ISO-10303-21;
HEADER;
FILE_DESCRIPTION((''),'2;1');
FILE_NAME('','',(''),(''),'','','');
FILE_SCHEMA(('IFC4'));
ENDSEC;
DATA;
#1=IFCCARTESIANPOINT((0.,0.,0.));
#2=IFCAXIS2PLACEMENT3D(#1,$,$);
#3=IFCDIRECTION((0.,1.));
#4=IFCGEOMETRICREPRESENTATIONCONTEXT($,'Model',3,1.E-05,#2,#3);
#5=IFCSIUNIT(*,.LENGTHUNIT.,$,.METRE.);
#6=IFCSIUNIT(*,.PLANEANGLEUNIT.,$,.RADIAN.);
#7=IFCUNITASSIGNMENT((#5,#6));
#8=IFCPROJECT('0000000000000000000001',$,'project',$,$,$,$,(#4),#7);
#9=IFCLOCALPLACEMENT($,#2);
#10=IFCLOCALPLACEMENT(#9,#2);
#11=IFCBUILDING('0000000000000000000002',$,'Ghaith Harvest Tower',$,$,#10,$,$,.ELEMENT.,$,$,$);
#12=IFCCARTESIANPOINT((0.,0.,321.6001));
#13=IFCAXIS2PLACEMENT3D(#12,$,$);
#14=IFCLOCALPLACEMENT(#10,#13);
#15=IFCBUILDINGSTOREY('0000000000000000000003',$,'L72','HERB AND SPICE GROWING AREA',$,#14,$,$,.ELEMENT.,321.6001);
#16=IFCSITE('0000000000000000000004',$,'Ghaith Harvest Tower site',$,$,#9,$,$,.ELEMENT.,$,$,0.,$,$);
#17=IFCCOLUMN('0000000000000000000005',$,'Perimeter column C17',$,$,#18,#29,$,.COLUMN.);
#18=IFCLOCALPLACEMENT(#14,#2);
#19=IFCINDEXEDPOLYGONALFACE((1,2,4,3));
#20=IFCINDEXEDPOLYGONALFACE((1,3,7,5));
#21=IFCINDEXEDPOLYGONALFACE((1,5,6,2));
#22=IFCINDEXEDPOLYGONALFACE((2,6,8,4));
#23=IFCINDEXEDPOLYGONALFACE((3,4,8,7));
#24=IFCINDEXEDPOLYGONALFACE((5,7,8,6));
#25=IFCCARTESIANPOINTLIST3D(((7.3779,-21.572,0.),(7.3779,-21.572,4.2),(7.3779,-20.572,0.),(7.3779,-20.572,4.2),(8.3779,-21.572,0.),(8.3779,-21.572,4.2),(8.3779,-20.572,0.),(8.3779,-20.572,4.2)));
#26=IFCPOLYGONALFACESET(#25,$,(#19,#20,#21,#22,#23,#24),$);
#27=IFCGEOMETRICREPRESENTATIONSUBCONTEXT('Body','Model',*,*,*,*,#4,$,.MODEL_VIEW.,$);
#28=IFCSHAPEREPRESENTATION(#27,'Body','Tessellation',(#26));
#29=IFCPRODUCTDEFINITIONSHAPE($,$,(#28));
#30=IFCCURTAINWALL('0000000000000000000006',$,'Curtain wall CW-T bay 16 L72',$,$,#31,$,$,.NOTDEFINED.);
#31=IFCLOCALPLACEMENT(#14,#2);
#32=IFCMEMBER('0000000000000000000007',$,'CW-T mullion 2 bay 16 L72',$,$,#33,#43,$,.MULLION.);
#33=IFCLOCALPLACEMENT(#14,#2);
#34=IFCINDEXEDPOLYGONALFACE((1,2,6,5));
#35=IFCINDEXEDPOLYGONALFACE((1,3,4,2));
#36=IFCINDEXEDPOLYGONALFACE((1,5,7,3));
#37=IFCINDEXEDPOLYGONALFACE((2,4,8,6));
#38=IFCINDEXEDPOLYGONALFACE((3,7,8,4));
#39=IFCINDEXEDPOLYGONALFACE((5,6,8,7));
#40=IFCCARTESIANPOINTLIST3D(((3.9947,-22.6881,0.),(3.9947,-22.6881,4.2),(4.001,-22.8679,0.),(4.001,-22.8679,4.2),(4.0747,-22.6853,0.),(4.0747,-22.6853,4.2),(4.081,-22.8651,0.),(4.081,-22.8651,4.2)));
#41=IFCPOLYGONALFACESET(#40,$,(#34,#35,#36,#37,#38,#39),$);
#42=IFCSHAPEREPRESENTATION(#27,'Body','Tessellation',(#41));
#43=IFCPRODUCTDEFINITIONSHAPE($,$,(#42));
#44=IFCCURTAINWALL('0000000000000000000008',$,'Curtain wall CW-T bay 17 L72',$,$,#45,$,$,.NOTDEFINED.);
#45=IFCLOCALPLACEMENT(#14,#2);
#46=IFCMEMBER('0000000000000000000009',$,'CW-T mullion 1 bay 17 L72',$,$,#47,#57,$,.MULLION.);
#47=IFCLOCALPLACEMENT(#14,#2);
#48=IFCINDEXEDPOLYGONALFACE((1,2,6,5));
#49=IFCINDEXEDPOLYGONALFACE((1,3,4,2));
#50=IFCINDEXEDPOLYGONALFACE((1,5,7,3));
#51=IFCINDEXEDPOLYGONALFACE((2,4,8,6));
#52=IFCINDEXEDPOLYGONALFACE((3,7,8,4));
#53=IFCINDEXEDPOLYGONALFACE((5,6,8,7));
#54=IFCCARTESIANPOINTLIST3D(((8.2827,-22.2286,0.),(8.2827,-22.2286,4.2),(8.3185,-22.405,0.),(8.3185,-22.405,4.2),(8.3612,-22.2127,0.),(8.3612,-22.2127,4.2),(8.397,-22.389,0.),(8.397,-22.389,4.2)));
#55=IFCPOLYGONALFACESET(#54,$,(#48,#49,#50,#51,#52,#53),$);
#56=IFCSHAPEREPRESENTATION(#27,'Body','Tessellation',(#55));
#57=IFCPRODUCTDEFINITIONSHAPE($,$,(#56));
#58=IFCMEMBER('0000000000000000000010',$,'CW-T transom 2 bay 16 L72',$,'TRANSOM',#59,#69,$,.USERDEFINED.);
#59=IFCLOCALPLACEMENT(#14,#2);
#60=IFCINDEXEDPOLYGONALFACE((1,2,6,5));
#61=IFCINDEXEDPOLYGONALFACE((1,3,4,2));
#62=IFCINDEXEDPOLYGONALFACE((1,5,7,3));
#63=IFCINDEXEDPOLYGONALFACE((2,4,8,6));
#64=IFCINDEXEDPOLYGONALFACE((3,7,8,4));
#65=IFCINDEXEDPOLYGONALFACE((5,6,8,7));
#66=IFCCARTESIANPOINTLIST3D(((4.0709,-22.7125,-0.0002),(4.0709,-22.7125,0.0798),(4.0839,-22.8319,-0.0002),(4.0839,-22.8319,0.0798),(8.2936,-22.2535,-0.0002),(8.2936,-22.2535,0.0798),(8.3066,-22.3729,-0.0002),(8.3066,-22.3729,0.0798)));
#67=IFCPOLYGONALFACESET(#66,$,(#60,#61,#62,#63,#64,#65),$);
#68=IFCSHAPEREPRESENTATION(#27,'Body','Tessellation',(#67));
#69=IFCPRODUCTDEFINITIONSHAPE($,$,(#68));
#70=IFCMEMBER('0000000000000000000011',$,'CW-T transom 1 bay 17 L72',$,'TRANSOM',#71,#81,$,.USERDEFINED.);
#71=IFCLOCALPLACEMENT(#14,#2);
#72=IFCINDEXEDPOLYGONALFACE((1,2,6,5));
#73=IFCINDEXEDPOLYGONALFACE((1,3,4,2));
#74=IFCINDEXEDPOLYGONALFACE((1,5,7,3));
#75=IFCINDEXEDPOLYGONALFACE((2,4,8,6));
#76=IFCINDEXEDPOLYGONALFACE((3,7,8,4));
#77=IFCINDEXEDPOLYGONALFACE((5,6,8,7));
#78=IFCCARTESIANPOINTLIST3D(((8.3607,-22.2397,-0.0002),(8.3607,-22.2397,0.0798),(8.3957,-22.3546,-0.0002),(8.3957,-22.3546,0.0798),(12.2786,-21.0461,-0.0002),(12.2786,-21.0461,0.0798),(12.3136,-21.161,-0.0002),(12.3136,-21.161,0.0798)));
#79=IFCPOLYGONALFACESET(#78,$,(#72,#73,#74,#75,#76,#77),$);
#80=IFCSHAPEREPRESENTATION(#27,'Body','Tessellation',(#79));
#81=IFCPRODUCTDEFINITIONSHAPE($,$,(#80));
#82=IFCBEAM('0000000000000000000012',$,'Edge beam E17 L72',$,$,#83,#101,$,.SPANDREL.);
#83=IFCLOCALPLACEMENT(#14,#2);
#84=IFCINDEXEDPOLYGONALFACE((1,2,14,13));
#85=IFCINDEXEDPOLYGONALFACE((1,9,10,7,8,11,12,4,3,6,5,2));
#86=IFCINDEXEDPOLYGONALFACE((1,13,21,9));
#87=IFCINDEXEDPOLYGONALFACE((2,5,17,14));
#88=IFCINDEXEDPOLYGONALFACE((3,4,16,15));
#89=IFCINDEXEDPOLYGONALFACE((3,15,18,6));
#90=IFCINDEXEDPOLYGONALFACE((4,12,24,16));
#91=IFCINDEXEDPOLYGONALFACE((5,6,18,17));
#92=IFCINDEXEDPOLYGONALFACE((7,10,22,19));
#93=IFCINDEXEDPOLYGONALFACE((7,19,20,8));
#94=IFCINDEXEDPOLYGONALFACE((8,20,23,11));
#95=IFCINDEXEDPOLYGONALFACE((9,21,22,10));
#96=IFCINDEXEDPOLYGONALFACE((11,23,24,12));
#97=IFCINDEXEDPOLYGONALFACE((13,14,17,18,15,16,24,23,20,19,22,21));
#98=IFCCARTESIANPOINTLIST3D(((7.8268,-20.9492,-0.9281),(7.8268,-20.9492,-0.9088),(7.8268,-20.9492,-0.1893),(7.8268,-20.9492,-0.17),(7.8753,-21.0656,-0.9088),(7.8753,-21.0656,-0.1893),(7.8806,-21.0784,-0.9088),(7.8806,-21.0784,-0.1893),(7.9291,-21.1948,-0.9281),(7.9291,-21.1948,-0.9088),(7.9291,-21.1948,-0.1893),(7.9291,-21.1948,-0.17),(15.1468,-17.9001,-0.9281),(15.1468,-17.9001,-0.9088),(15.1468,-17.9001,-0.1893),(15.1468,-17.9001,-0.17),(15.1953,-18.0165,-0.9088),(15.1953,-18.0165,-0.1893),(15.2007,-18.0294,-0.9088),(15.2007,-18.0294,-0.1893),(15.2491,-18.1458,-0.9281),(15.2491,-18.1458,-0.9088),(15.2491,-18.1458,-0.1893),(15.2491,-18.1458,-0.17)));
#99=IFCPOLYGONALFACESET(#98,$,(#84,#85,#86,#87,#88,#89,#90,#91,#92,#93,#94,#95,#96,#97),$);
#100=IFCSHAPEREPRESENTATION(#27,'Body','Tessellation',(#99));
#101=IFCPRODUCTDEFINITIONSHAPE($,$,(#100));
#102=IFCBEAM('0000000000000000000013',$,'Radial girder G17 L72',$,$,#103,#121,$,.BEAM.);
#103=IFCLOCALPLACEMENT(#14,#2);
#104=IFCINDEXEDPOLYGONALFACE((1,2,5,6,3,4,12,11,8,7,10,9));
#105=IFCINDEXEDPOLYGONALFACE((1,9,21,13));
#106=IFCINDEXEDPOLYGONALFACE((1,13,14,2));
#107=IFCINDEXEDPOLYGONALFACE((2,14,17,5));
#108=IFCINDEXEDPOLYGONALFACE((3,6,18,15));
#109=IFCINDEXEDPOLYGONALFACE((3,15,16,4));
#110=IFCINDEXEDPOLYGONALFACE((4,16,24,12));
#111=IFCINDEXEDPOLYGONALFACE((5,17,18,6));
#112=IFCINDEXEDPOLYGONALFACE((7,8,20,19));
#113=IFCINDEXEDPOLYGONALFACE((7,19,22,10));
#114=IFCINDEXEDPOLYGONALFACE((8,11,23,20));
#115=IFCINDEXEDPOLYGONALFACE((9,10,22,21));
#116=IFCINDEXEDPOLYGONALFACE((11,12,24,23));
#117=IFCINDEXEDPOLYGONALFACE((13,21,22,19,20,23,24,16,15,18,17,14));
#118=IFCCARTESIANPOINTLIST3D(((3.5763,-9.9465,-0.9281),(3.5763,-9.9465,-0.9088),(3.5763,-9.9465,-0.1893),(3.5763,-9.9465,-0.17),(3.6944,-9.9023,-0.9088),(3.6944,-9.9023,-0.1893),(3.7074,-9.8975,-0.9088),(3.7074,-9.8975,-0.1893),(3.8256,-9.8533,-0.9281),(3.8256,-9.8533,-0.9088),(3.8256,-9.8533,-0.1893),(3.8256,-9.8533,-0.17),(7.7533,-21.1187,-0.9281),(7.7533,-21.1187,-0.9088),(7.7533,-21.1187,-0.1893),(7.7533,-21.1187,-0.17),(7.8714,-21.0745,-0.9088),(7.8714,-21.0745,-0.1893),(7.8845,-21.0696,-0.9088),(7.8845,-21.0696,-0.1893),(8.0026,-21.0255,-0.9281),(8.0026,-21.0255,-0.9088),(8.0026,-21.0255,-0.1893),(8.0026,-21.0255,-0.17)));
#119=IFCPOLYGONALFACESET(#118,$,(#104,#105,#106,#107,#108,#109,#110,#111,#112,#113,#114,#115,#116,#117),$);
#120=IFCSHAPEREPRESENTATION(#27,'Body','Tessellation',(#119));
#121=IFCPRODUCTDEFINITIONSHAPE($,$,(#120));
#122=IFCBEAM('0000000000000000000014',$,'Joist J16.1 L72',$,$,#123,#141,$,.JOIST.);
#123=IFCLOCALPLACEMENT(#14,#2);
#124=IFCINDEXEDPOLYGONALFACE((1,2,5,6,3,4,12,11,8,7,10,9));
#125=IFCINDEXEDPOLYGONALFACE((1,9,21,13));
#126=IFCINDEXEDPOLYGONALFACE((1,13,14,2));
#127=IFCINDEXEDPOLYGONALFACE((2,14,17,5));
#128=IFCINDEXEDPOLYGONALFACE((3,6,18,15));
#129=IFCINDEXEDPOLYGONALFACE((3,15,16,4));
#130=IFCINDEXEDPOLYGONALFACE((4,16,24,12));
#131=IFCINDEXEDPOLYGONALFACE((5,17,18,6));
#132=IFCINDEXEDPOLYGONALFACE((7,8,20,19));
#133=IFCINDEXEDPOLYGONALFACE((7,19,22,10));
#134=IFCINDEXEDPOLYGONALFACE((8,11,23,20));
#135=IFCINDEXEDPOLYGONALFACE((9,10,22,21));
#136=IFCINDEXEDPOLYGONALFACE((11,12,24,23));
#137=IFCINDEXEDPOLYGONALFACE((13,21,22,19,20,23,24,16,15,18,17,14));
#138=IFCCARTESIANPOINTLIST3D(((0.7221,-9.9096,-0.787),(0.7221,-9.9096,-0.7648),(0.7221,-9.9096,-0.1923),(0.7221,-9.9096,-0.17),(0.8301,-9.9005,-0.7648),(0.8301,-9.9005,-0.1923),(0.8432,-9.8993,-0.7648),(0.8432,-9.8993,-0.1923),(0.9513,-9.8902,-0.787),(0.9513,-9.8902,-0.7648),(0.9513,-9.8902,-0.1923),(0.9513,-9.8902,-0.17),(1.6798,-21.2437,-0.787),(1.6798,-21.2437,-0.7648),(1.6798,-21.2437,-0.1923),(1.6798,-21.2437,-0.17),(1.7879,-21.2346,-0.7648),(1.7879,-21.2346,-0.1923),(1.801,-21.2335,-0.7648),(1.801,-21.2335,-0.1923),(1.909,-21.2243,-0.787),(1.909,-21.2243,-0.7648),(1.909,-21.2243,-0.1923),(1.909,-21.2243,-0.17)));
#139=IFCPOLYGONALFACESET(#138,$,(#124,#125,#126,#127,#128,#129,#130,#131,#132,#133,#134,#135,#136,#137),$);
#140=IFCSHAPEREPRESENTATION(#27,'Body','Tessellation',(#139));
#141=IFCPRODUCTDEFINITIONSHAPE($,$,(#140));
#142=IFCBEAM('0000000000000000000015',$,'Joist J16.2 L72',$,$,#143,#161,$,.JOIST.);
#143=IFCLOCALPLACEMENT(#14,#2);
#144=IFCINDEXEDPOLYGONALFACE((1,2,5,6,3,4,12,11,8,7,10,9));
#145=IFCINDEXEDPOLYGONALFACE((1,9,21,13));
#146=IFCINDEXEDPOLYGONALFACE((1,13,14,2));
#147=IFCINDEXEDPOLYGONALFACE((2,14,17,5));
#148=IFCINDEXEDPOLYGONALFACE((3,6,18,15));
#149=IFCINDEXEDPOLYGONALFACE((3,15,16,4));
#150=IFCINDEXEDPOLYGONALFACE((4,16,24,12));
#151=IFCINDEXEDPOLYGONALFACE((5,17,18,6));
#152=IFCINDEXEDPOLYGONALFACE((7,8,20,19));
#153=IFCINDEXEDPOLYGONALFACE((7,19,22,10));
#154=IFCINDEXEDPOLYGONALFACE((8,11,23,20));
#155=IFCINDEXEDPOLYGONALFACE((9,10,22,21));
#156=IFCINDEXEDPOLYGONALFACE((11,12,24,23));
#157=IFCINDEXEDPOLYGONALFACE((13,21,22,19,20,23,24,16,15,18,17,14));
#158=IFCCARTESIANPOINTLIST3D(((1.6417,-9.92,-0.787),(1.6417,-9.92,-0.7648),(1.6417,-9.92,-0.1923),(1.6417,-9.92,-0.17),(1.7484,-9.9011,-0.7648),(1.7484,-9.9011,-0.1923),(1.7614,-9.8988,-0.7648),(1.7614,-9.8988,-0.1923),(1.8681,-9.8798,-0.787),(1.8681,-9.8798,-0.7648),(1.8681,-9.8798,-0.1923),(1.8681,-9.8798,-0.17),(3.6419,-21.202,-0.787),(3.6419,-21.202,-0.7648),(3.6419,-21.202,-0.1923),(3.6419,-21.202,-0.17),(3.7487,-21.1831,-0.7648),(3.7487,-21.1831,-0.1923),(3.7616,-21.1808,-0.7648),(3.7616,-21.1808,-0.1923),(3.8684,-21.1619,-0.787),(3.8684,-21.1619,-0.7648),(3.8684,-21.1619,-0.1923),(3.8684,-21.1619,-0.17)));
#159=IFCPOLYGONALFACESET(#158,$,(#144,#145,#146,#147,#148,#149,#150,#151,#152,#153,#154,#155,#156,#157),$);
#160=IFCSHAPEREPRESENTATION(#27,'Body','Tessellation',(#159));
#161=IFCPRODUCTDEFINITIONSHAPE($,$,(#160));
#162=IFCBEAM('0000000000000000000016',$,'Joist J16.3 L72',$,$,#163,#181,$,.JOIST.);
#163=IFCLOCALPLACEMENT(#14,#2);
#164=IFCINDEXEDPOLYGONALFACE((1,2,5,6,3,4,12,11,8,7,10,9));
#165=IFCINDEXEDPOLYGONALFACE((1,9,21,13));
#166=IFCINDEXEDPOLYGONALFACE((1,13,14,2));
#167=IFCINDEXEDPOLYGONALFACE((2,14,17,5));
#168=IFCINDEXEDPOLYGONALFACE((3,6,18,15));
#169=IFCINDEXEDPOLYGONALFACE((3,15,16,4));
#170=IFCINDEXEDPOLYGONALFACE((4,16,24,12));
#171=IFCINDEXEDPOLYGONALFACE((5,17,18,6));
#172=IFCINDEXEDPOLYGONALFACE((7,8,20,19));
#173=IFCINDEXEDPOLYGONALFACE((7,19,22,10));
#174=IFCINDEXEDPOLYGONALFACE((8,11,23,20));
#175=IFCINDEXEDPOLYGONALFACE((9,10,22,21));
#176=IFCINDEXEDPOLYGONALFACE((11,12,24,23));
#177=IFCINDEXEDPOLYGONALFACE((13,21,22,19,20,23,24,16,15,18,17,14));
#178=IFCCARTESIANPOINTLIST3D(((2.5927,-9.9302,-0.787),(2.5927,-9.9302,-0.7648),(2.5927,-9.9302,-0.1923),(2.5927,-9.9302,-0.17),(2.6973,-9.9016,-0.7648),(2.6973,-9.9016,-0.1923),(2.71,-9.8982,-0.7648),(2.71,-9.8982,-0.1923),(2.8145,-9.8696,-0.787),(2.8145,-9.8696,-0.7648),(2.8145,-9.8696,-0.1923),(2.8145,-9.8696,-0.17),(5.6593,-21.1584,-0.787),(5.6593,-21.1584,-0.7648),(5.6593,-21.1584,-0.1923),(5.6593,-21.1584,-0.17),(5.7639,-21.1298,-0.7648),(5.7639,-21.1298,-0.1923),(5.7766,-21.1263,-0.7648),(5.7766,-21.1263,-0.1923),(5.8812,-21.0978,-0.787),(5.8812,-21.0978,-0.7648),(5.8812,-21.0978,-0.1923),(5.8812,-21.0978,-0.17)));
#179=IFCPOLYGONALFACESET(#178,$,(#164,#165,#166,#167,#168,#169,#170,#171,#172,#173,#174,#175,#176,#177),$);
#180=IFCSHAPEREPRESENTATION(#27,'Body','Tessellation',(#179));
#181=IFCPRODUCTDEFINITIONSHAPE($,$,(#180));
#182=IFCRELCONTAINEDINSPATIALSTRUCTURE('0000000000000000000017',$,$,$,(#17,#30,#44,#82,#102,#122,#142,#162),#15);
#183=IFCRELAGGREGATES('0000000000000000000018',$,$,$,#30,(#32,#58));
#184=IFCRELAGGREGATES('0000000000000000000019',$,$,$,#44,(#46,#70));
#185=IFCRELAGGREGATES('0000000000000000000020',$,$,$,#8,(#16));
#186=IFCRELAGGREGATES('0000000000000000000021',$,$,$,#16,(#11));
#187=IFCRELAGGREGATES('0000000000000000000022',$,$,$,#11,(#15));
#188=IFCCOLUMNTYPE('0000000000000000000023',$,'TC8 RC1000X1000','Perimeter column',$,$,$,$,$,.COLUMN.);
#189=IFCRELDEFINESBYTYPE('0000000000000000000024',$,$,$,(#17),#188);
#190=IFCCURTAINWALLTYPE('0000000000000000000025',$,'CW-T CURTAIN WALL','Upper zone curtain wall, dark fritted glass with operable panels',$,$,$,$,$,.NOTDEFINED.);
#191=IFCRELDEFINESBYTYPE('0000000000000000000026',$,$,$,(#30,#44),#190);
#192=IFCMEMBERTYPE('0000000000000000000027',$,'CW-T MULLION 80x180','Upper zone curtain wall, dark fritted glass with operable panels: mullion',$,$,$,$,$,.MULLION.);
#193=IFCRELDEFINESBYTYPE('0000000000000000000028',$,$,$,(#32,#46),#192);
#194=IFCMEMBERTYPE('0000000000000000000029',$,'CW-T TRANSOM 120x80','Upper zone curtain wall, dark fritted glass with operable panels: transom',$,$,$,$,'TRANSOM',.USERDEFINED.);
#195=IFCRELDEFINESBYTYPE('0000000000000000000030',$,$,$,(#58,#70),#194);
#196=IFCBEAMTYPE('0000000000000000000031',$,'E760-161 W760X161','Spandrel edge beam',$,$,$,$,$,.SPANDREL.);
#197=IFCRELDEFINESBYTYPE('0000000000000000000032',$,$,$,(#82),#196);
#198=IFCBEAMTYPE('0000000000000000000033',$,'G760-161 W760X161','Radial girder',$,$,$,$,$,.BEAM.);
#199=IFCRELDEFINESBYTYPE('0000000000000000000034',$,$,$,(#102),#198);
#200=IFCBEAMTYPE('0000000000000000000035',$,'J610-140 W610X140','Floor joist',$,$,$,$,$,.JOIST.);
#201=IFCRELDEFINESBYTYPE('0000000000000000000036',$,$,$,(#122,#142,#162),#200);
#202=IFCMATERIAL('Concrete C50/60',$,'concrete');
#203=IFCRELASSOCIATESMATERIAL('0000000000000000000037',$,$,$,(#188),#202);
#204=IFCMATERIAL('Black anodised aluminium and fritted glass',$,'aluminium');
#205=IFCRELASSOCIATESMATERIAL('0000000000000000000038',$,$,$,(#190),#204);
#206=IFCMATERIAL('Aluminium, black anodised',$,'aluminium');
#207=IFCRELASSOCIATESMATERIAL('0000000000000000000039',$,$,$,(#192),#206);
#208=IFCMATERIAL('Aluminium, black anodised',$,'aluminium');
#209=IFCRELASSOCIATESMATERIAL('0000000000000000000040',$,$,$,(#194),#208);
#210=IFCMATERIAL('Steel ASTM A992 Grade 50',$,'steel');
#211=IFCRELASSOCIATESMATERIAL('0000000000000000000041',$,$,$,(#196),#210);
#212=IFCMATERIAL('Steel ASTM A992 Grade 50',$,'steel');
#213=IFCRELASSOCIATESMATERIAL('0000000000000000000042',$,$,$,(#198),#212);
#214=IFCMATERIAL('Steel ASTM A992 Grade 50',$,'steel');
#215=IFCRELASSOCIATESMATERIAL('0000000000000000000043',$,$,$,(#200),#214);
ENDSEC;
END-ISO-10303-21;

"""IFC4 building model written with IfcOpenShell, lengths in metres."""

from ifc_helpers import new_model, si_unit, direction, frame, origin, origin_2d, place, context, subcontext, project, spatial, rectangle, i_section, extrude, material, material_profile, profile_set, type_object, element, aggregate, save


model = new_model("IFC4")

# Units and contexts
model_context = context("Model", 3, precision=1e-05, world=origin(), true_north=direction((0.0, 1.0)))
body_context = subcontext(model_context, "Body", "Model", "MODEL_VIEW")
ifc_project = project(units=[si_unit("LENGTHUNIT", "METRE"), si_unit("PLANEANGLEUNIT", "RADIAN")], contexts=[model_context])

# Site, building, storey
site_placement = place(None, origin())
site = spatial("IfcSite", under=ifc_project, at=site_placement, Name="Ghaith Harvest Tower site", CompositionType="ELEMENT", RefElevation=0.0)
building_placement = place(site_placement, origin())
building = spatial("IfcBuilding", under=site, at=building_placement, Name="Ghaith Harvest Tower", CompositionType="ELEMENT")
storey_placement = place(building_placement, frame((0.0, 0.0, 321.6001)))
storey = spatial("IfcBuildingStorey", under=building, at=storey_placement, Name="L72", Description="HERB AND SPICE GROWING AREA", CompositionType="ELEMENT", Elevation=321.6001)

# Column
ifc_material_1 = material(Name="Concrete C50/60", Category="concrete")
ifc_material_profile_1 = material_profile(ifc_material_1, rectangle(XDim=1.0, YDim=1.0, at=origin_2d()), Name="RC1000X1000")
ifc_profile_set_1 = profile_set([ifc_material_profile_1], Name="Concrete C50/60")
column_type = type_object("IfcColumnType", Name="TC8 RC1000X1000", Description="Perimeter column", PredefinedType="COLUMN", material=ifc_profile_set_1)
column_placement = place(storey_placement, frame((7.8779, -21.072, 0.0), z_axis=(0.0, 0.0, 1.0), x_axis=(1.0, 0.0, 0.0)))
element("IfcColumn", 1, at=column_placement, inside=storey, type_object=column_type, Name="Perimeter column C17", PredefinedType="COLUMN", context=body_context, shape_type="SweptSolid", body=[
    extrude(rectangle(XDim=1.0, YDim=1.0, at=origin_2d()), origin(), (0.0, 0.0, 1.0), 4.2),
])

# Curtain walls, members
ifc_material_2 = material(Name="Black anodised aluminium and fritted glass", Category="aluminium")
curtain_wall_type = type_object("IfcCurtainWallType", Name="CW-T CURTAIN WALL", Description="Upper zone curtain wall, dark fritted glass with operable panels", PredefinedType="NOTDEFINED", material=ifc_material_2)
curtain_wall_1_placement = place(storey_placement, origin())
curtain_wall_1 = element("IfcCurtainWall", 2, at=curtain_wall_1_placement, inside=storey, type_object=curtain_wall_type, Name="Curtain wall CW-T bay 16 L72", PredefinedType="NOTDEFINED")
ifc_material_3 = material(Name="Aluminium, black anodised", Category="aluminium")
ifc_material_profile_2 = material_profile(ifc_material_3, rectangle(XDim=0.0801, YDim=0.1799, at=origin_2d()), Name="CW-T MULLION 80x180")
ifc_profile_set_2 = profile_set([ifc_material_profile_2], Name="Aluminium, black anodised")
member_type_1 = type_object("IfcMemberType", Name="CW-T MULLION 80x180", Description="Upper zone curtain wall, dark fritted glass with operable panels: mullion", PredefinedType="MULLION", material=ifc_profile_set_2)
member_1_placement = place(storey_placement, frame((4.0378, -22.7766, 0.0), z_axis=(0.0, 0.0, 1.0), x_axis=(0.999389, 0.034962, 0.0)))
member_1 = element("IfcMember", 3, at=member_1_placement, type_object=member_type_1, Name="CW-T mullion 2 bay 16 L72", PredefinedType="MULLION", context=body_context, shape_type="SweptSolid", body=[
    extrude(rectangle(XDim=0.0801, YDim=0.1799, at=origin_2d()), origin(), (0.0, 0.0, 1.0), 4.2),
])
curtain_wall_2_placement = place(storey_placement, origin())
curtain_wall_2 = element("IfcCurtainWall", 4, at=curtain_wall_2_placement, inside=storey, type_object=curtain_wall_type, Name="Curtain wall CW-T bay 17 L72", PredefinedType="NOTDEFINED")
member_2_placement = place(storey_placement, frame((8.3398, -22.3088, 0.0), z_axis=(0.0, 0.0, 1.0), x_axis=(0.98, 0.198997, 0.0)))
member_2 = element("IfcMember", 5, at=member_2_placement, type_object=member_type_1, Name="CW-T mullion 1 bay 17 L72", PredefinedType="MULLION", context=body_context, shape_type="SweptSolid", body=[
    extrude(rectangle(XDim=0.0801, YDim=0.1799, at=origin_2d()), origin(), (0.0, 0.0, 1.0), 4.2),
])

# Members
ifc_material_4 = material(Name="Aluminium, black anodised", Category="aluminium")
ifc_material_profile_3 = material_profile(ifc_material_4, rectangle(XDim=0.1201, YDim=0.0801, at=origin_2d()), Name="CW-T TRANSOM 120x80")
ifc_profile_set_3 = profile_set([ifc_material_profile_3], Name="Aluminium, black anodised")
member_type_2 = type_object("IfcMemberType", Name="CW-T TRANSOM 120x80", Description="Upper zone curtain wall, dark fritted glass with operable panels: transom", ElementType="TRANSOM", PredefinedType="USERDEFINED", material=ifc_profile_set_3)
member_3_placement = place(storey_placement, frame((4.0774, -22.7722, 0.0398), z_axis=(0.994144, 0.108059, 0.0), x_axis=(-0.108059, 0.994144, 0.0)))
member_3 = element("IfcMember", 6, at=member_3_placement, type_object=member_type_2, Name="CW-T transom 2 bay 16 L72", ObjectType="TRANSOM", PredefinedType="USERDEFINED", context=body_context, shape_type="SweptSolid", body=[
    extrude(rectangle(XDim=0.1201, YDim=0.0801, at=origin_2d()), origin(), (0.0, 0.0, 1.0), 4.2476),
])
member_4_placement = place(storey_placement, frame((8.3782, -22.2971, 0.0398), z_axis=(0.956594, 0.291425, 0.0), x_axis=(-0.291425, 0.956594, 0.0)))
member_4 = element("IfcMember", 7, at=member_4_placement, type_object=member_type_2, Name="CW-T transom 1 bay 17 L72", ObjectType="TRANSOM", PredefinedType="USERDEFINED", context=body_context, shape_type="SweptSolid", body=[
    extrude(rectangle(XDim=0.1201, YDim=0.0801, at=origin_2d()), origin(), (0.0, 0.0, 1.0), 4.0957),
])

# Beams
ifc_material_5 = material(Name="Steel ASTM A992 Grade 50", Category="steel")
ifc_material_profile_4 = material_profile(ifc_material_5, i_section(OverallWidth=0.2661, OverallDepth=0.7581, WebThickness=0.0139, FlangeThickness=0.0193, at=origin_2d()), Name="W760X161")
ifc_profile_set_4 = profile_set([ifc_material_profile_4], Name="Steel ASTM A992 Grade 50")
beam_type_1 = type_object("IfcBeamType", Name="E760-161 W760X161", Description="Spandrel edge beam", PredefinedType="SPANDREL", material=ifc_profile_set_4)
beam_1_placement = place(storey_placement, frame((7.8779, -21.072, -0.5491), z_axis=(0.92312, 0.384513, 0.0), x_axis=(-0.384513, 0.92312, 0.0)))
element("IfcBeam", 8, at=beam_1_placement, inside=storey, type_object=beam_type_1, Name="Edge beam E17 L72", PredefinedType="SPANDREL", context=body_context, shape_type="SweptSolid", body=[
    extrude(i_section(OverallWidth=0.2661, OverallDepth=0.7581, WebThickness=0.0139, FlangeThickness=0.0193, at=origin_2d()), origin(), (0.0, 0.0, 1.0), 7.9297),
])
ifc_material_6 = material(Name="Steel ASTM A992 Grade 50", Category="steel")
ifc_material_profile_5 = material_profile(ifc_material_6, i_section(OverallWidth=0.2661, OverallDepth=0.7581, WebThickness=0.0139, FlangeThickness=0.0193, at=origin_2d()), Name="W760X161")
ifc_profile_set_5 = profile_set([ifc_material_profile_5], Name="Steel ASTM A992 Grade 50")
beam_type_2 = type_object("IfcBeamType", Name="G760-161 W760X161", Description="Radial girder", PredefinedType="BEAM", material=ifc_profile_set_5)
beam_2_placement = place(storey_placement, frame((3.7009, -9.8999, -0.5491), z_axis=(0.350201, -0.936674, 0.0), x_axis=(0.936674, 0.350201, 0.0)))
element("IfcBeam", 9, at=beam_2_placement, inside=storey, type_object=beam_type_2, Name="Radial girder G17 L72", PredefinedType="BEAM", context=body_context, shape_type="SweptSolid", body=[
    extrude(i_section(OverallWidth=0.2661, OverallDepth=0.7581, WebThickness=0.0139, FlangeThickness=0.0193, at=origin_2d()), origin(), (0.0, 0.0, 1.0), 11.9275),
])
ifc_material_7 = material(Name="Steel ASTM A992 Grade 50", Category="steel")
ifc_material_profile_6 = material_profile(ifc_material_7, i_section(OverallWidth=0.23, OverallDepth=0.6169, WebThickness=0.0132, FlangeThickness=0.0222, at=origin_2d()), Name="W610X140")
ifc_profile_set_6 = profile_set([ifc_material_profile_6], Name="Steel ASTM A992 Grade 50")
beam_type_3 = type_object("IfcBeamType", Name="J610-140 W610X140", Description="Floor joist", PredefinedType="JOIST", material=ifc_profile_set_6)
beam_3_placement = place(storey_placement, frame((0.8367, -9.8999, -0.4785), z_axis=(0.084202, -0.996449, 0.0), x_axis=(0.996449, 0.084202, 0.0)))
element("IfcBeam", 10, at=beam_3_placement, inside=storey, type_object=beam_type_3, Name="Joist J16.1 L72", PredefinedType="JOIST", context=body_context, shape_type="SweptSolid", body=[
    extrude(i_section(OverallWidth=0.23, OverallDepth=0.6169, WebThickness=0.0132, FlangeThickness=0.0222, at=origin_2d()), origin(), (0.0, 0.0, 1.0), 11.3745),
])
beam_4_placement = place(storey_placement, frame((1.7549, -9.8999, -0.4785), z_axis=(0.174573, -0.984644, 0.0), x_axis=(0.984644, 0.174573, 0.0)))
element("IfcBeam", 11, at=beam_4_placement, inside=storey, type_object=beam_type_3, Name="Joist J16.2 L72", PredefinedType="JOIST", context=body_context, shape_type="SweptSolid", body=[
    extrude(i_section(OverallWidth=0.23, OverallDepth=0.6169, WebThickness=0.0132, FlangeThickness=0.0222, at=origin_2d()), origin(), (0.0, 0.0, 1.0), 11.458),
])
beam_5_placement = place(storey_placement, frame((2.7036, -9.8999, -0.4785), z_axis=(0.263469, -0.964668, 0.0), x_axis=(0.964668, 0.263469, 0.0)))
element("IfcBeam", 12, at=beam_5_placement, inside=storey, type_object=beam_type_3, Name="Joist J16.3 L72", PredefinedType="JOIST", context=body_context, shape_type="SweptSolid", body=[
    extrude(i_section(OverallWidth=0.23, OverallDepth=0.6169, WebThickness=0.0132, FlangeThickness=0.0222, at=origin_2d()), origin(), (0.0, 0.0, 1.0), 11.6394),
])

aggregate(curtain_wall_1, [member_1, member_3])
aggregate(curtain_wall_2, [member_2, member_4])

save(model, "model.ifc")
